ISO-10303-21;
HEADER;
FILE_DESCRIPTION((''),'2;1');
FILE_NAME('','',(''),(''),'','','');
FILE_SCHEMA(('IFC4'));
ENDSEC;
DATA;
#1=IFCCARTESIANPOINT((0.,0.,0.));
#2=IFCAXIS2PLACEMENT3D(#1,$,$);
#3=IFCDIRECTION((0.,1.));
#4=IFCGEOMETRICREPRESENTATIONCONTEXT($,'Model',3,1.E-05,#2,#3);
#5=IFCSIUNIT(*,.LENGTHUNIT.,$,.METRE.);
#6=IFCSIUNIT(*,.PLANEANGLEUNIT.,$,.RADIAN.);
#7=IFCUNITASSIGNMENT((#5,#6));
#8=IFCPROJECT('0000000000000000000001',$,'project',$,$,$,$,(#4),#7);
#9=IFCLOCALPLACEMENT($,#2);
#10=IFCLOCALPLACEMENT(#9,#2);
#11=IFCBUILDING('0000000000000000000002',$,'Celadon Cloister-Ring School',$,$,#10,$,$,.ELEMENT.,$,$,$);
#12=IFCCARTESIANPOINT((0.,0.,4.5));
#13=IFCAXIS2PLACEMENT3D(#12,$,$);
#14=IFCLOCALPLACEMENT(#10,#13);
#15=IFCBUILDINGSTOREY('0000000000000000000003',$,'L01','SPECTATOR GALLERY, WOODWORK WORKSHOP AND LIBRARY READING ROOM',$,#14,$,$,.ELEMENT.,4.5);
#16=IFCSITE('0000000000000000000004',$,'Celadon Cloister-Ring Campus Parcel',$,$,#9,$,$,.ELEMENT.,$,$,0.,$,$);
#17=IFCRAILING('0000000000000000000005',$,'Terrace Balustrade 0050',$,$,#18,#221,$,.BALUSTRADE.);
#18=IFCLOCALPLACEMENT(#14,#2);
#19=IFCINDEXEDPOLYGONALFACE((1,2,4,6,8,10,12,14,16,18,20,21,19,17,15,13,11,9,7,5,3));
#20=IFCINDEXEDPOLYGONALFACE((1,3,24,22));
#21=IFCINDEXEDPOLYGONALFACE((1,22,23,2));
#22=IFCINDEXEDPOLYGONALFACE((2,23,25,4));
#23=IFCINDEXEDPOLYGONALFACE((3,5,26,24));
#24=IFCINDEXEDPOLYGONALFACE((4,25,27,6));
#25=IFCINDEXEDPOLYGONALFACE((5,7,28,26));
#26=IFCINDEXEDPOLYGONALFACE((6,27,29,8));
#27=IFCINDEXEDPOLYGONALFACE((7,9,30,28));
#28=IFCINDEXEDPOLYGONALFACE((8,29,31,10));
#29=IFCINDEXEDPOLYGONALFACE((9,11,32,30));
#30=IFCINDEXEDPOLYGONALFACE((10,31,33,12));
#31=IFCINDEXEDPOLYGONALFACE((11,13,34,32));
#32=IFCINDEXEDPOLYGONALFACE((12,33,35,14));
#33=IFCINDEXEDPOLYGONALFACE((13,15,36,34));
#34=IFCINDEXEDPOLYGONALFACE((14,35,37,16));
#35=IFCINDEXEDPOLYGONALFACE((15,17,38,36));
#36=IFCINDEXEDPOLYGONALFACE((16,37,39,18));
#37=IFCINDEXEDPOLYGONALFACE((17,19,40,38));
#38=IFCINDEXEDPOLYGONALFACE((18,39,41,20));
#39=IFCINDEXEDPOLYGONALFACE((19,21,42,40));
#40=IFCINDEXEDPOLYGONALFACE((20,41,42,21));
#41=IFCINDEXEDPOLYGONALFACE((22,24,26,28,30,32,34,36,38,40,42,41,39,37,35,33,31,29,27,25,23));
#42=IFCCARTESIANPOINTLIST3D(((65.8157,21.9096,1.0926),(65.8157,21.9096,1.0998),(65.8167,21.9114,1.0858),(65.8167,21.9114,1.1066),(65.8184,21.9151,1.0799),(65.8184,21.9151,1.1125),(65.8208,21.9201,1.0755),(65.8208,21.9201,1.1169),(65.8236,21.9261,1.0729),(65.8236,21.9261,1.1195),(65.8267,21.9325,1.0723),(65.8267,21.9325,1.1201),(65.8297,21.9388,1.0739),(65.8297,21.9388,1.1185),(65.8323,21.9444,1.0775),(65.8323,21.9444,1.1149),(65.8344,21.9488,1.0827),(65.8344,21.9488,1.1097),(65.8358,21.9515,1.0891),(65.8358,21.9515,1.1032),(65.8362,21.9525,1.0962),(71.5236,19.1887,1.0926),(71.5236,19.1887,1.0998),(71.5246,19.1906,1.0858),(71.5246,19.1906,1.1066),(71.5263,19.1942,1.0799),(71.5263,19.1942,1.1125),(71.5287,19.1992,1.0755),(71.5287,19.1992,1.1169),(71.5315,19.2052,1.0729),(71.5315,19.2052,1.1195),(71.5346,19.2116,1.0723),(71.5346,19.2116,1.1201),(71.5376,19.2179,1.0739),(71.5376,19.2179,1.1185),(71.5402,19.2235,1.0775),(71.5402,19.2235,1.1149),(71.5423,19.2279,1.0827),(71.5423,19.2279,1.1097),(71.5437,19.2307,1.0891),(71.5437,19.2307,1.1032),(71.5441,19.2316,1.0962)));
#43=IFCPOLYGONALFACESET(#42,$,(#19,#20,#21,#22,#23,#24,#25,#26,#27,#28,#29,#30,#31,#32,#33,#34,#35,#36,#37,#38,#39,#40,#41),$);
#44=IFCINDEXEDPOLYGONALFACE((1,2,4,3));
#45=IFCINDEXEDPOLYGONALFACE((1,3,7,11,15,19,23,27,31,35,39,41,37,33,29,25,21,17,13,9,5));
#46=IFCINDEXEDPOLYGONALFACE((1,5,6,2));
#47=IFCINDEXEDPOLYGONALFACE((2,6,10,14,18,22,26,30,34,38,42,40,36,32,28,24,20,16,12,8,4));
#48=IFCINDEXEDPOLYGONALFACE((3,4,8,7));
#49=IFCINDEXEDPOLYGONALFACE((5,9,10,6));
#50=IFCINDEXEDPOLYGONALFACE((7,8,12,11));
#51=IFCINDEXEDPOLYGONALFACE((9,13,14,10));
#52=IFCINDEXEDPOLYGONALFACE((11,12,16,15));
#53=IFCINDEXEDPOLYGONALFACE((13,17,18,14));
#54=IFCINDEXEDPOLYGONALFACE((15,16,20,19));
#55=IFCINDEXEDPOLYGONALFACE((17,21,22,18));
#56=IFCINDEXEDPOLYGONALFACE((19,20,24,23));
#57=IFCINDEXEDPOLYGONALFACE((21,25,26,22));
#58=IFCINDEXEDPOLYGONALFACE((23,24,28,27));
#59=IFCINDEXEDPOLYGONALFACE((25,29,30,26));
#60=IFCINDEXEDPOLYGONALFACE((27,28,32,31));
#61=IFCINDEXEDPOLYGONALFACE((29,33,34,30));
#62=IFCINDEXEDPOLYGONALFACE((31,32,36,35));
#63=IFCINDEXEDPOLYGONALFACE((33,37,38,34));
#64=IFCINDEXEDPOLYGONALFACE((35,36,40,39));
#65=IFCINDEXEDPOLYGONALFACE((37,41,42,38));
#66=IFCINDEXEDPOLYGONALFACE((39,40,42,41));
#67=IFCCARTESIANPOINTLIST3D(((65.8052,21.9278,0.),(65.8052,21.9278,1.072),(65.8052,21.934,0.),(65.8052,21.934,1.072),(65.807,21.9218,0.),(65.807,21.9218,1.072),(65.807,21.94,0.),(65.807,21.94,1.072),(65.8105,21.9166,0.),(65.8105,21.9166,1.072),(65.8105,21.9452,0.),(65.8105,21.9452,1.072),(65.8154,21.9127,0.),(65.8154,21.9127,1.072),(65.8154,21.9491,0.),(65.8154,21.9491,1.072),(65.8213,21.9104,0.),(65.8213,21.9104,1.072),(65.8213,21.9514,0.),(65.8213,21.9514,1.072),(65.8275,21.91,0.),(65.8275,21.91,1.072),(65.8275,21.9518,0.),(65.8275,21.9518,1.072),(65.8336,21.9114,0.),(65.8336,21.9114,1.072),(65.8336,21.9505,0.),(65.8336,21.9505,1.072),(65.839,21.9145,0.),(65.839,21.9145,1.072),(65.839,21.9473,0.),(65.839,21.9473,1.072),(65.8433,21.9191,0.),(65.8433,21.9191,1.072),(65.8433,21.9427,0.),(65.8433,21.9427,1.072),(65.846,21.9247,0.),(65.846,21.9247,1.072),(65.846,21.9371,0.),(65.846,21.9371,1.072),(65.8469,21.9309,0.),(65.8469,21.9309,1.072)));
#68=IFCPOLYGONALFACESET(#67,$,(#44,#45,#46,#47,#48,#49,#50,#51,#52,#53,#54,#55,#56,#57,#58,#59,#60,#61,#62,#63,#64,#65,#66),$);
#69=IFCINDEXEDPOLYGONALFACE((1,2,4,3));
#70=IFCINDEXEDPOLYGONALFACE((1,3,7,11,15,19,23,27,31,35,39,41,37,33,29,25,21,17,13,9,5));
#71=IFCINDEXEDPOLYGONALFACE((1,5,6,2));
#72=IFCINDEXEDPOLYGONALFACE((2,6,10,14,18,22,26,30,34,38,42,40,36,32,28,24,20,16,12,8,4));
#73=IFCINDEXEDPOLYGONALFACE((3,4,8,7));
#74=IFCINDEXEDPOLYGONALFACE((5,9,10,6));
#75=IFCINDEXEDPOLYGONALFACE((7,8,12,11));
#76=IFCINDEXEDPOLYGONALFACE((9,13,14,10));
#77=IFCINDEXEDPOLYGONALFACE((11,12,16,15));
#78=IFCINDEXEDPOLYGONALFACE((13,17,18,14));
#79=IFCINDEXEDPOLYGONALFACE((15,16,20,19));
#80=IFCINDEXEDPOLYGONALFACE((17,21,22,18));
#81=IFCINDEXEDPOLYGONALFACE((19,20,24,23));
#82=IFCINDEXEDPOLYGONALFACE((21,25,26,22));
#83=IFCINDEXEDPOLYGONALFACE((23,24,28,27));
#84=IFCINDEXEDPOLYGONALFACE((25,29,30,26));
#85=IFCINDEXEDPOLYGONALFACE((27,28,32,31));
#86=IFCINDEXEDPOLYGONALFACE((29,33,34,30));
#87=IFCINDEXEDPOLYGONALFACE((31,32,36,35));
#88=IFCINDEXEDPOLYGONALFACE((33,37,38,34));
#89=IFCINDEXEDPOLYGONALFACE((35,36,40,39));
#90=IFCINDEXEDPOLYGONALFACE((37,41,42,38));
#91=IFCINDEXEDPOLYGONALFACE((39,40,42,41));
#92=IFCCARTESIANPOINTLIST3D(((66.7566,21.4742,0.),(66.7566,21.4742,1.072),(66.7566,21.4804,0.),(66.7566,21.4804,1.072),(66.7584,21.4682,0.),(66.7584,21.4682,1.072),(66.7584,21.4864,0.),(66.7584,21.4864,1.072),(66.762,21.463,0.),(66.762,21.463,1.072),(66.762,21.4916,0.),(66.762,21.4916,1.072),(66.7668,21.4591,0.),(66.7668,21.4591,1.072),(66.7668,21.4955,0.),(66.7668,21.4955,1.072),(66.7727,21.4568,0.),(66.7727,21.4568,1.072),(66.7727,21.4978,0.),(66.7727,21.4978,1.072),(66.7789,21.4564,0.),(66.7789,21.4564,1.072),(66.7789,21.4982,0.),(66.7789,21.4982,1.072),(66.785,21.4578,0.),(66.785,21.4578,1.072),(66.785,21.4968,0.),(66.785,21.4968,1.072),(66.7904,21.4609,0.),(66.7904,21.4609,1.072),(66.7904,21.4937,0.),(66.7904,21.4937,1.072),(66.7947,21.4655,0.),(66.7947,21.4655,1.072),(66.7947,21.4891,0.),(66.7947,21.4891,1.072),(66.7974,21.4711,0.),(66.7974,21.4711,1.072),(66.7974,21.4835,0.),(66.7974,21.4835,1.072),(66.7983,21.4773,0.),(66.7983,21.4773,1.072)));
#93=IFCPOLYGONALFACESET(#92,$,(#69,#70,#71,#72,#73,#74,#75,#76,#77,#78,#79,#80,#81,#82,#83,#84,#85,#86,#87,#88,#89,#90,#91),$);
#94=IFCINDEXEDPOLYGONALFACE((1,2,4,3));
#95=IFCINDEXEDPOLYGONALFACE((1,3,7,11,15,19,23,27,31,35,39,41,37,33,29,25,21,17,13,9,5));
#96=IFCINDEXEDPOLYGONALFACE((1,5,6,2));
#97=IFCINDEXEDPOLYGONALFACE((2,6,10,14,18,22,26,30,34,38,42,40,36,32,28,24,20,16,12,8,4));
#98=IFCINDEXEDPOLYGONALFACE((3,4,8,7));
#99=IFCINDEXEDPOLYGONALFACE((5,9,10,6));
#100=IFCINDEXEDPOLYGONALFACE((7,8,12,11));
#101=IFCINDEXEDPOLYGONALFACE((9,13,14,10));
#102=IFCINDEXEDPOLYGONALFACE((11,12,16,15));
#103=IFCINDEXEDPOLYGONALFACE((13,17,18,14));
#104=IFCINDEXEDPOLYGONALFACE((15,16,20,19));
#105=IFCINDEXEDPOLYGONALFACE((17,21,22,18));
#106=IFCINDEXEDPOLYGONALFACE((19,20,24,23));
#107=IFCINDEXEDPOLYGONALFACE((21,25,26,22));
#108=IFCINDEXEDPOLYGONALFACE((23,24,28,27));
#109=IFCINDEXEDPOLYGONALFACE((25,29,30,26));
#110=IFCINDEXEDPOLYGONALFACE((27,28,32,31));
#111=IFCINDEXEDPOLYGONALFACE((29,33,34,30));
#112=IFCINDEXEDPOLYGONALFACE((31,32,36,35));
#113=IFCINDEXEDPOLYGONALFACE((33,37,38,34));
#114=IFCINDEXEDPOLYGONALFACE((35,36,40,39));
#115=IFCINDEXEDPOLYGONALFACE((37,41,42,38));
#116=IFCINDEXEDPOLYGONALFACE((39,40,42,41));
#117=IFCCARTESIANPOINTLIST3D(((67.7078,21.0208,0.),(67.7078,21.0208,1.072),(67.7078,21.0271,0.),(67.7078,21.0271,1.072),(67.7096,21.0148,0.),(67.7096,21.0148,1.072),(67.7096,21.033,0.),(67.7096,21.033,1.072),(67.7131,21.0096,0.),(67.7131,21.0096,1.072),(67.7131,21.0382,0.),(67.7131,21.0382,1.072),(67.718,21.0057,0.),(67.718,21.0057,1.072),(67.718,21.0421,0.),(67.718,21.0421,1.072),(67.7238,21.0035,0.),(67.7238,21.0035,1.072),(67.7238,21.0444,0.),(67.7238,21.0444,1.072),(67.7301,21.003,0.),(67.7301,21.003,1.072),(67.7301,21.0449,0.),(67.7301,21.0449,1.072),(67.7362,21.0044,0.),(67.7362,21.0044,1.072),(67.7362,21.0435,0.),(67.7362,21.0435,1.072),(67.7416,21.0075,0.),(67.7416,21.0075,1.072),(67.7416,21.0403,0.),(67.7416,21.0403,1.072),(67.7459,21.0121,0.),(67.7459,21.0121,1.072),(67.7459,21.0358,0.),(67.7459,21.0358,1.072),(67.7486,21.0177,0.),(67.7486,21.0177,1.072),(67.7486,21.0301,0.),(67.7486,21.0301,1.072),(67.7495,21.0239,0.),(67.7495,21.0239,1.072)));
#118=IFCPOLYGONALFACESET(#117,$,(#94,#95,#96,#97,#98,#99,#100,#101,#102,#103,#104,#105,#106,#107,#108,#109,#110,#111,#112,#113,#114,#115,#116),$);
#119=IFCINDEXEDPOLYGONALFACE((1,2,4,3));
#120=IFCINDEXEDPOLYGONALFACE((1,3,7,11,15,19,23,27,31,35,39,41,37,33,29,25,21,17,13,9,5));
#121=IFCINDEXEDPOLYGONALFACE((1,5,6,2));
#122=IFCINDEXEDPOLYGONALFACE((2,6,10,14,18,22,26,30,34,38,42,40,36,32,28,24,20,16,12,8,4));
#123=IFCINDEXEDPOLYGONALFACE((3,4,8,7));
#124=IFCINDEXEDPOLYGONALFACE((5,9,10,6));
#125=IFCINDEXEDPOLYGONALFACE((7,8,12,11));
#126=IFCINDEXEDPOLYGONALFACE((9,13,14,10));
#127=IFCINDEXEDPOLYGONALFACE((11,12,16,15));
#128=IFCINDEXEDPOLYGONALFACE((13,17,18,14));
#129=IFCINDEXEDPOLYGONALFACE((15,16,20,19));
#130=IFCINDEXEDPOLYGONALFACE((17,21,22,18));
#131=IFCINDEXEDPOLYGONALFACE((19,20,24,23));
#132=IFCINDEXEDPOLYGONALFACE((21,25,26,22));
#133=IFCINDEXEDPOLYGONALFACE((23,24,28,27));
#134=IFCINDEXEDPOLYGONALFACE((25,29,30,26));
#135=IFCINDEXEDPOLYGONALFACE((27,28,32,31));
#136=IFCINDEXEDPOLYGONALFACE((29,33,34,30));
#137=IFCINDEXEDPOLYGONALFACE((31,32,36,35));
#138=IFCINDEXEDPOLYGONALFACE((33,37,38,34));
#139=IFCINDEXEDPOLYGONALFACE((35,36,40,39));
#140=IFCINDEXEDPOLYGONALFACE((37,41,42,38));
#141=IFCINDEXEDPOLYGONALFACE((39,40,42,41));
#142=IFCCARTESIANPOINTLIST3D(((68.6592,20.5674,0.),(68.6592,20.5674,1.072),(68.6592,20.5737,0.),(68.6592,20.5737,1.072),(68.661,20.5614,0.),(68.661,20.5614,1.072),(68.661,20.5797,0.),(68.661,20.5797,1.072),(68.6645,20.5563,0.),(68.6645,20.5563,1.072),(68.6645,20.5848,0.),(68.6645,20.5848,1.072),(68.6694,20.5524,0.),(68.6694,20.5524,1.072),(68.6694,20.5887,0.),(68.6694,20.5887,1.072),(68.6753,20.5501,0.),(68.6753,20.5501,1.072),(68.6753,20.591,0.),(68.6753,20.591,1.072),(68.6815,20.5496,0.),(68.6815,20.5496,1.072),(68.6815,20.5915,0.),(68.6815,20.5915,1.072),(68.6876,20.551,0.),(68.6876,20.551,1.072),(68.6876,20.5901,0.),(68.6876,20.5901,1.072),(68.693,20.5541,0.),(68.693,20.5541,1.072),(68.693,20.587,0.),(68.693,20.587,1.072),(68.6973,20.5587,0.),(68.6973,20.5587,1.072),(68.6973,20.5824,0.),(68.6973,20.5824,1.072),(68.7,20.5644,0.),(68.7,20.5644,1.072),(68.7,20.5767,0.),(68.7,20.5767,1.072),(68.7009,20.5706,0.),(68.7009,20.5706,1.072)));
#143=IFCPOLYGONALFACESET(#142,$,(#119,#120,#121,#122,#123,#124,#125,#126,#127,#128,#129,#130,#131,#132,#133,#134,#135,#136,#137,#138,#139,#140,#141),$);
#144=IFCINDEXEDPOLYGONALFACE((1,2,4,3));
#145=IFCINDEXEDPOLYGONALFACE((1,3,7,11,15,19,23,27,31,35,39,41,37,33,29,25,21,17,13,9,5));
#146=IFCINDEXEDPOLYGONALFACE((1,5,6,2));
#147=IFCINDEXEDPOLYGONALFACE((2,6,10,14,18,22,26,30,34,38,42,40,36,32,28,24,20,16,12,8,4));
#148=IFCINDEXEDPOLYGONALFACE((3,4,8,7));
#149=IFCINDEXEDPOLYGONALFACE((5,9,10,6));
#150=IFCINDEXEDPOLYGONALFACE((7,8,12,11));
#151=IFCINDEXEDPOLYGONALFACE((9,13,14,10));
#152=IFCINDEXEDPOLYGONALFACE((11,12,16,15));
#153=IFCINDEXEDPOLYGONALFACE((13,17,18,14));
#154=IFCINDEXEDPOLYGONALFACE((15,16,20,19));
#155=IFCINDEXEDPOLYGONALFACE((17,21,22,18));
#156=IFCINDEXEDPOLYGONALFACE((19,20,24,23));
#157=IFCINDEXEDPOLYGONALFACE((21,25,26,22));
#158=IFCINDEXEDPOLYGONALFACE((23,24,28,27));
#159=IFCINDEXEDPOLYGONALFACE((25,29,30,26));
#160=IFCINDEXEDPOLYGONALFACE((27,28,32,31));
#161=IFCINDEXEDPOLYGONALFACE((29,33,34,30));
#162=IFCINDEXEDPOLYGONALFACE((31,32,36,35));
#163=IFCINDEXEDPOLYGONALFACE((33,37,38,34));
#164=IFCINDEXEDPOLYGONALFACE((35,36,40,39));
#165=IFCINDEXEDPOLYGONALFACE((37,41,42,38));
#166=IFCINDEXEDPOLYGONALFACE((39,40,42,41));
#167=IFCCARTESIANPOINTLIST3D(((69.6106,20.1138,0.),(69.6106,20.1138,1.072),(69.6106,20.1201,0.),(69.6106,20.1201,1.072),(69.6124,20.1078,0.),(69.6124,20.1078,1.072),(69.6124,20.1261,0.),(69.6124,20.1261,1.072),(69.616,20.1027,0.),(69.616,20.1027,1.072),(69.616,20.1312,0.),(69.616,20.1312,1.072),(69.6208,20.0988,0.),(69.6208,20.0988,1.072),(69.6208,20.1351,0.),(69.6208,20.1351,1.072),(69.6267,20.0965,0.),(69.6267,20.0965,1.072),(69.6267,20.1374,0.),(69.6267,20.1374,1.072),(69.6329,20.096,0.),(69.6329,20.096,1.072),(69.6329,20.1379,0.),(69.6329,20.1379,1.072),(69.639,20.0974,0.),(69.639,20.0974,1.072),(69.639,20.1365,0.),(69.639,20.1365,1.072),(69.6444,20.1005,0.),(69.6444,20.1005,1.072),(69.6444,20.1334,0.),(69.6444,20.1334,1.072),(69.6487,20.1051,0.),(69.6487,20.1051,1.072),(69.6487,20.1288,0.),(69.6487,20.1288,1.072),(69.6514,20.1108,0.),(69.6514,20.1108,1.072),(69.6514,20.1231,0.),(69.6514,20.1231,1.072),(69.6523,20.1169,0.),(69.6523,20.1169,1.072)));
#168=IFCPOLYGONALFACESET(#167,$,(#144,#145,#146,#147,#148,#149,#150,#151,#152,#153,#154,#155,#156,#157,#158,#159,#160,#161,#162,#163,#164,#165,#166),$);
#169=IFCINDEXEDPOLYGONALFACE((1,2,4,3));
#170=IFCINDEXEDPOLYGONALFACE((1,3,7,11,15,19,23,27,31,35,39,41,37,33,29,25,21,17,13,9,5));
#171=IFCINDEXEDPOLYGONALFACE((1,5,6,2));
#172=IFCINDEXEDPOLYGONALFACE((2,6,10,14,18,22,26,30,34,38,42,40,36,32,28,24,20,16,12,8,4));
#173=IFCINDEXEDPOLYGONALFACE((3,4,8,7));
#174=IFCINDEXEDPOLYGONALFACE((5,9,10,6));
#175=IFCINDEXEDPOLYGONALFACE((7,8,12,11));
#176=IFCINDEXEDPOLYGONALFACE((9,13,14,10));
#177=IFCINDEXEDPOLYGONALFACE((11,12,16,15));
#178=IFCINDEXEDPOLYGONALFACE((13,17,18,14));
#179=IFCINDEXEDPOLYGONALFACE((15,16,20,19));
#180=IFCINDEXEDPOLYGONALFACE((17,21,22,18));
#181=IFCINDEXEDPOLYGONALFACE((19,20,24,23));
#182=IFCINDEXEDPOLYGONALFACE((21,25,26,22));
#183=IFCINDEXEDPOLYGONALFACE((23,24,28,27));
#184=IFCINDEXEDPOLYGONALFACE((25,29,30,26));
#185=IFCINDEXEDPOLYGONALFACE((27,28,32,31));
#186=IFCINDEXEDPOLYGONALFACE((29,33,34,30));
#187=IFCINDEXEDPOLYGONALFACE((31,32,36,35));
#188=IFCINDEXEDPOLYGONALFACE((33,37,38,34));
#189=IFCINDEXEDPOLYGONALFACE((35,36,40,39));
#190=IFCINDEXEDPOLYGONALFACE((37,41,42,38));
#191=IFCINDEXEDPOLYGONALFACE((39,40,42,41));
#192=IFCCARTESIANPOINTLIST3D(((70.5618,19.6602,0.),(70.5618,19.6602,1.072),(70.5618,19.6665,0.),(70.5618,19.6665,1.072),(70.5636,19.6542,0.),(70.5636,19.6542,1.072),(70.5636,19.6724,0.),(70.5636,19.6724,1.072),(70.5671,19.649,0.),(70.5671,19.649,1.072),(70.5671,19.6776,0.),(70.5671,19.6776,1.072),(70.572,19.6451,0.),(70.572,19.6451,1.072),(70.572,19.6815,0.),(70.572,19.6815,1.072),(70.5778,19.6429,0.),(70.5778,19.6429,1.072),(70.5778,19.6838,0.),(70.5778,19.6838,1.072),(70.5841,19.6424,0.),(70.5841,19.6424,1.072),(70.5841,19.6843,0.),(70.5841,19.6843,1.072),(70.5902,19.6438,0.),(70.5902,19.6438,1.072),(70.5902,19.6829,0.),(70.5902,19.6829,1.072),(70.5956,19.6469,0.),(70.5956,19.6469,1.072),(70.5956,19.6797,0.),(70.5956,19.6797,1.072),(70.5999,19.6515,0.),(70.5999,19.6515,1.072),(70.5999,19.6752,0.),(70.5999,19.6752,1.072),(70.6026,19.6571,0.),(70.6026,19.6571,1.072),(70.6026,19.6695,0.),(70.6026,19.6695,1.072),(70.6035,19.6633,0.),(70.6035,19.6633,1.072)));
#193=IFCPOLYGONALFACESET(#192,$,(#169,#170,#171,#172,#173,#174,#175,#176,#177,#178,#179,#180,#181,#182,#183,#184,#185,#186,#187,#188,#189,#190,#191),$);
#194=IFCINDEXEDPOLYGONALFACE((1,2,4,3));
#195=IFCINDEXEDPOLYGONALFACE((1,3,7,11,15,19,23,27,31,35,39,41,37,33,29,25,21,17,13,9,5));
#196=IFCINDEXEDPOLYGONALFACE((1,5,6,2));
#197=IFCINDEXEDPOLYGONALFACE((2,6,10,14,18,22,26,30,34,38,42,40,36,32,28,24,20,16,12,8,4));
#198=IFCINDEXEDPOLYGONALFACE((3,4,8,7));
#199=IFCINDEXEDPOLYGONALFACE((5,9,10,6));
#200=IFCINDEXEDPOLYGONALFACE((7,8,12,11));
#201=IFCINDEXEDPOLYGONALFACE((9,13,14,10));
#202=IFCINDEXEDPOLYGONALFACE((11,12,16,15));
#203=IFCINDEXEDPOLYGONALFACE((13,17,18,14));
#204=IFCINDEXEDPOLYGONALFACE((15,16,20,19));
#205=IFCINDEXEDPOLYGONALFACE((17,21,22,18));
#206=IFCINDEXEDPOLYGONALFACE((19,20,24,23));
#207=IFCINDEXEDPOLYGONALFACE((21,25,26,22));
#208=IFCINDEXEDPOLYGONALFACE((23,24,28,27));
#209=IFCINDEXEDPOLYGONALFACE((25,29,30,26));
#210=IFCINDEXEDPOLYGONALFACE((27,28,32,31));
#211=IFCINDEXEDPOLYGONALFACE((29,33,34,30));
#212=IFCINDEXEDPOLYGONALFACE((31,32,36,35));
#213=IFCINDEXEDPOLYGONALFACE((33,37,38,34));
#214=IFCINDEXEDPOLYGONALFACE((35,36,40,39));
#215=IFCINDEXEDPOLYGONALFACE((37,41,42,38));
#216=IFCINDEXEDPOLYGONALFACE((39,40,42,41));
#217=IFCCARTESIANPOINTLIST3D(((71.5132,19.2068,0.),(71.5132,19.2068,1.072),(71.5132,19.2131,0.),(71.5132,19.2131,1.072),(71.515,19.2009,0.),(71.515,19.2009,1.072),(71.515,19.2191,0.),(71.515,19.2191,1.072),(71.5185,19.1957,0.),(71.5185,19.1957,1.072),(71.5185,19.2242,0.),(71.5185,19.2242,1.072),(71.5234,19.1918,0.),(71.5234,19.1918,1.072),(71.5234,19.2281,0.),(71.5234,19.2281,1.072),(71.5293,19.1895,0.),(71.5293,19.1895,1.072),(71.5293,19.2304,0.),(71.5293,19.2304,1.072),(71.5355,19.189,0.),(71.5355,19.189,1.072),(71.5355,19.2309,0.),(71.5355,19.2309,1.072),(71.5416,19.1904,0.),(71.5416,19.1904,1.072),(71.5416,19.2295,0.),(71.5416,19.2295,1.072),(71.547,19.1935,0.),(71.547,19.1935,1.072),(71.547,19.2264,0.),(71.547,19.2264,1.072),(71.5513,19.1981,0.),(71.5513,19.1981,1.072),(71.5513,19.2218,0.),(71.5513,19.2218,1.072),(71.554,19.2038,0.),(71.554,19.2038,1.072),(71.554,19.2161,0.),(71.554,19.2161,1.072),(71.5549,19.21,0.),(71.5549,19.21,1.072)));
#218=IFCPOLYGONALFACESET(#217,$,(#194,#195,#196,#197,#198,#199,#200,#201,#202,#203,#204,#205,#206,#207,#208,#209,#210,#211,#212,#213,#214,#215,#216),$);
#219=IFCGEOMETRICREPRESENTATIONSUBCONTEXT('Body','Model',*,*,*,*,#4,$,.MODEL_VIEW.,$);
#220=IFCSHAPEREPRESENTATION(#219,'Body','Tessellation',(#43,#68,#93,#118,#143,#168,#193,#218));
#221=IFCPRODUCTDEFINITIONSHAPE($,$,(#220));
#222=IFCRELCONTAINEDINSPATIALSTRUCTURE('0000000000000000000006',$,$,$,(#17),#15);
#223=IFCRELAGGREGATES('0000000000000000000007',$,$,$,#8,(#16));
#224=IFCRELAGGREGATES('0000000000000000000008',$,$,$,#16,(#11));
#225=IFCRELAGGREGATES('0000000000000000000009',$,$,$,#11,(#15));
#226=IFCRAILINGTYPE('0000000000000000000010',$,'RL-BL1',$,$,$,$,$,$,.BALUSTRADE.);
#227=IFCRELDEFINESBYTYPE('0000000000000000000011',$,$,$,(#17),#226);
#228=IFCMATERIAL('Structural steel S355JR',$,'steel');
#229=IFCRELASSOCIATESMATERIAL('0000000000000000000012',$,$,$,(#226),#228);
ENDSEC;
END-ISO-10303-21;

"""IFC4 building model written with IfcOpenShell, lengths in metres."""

from ifc_helpers import new_model, si_unit, direction, frame, origin, origin_2d, place, context, subcontext, project, spatial, circle, extrude, material, type_object, element, save


model = new_model("IFC4")

# Units and contexts
model_context = context("Model", 3, precision=1e-05, world=origin(), true_north=direction((0.0, 1.0)))
body_context = subcontext(model_context, "Body", "Model", "MODEL_VIEW")
ifc_project = project(units=[si_unit("LENGTHUNIT", "METRE"), si_unit("PLANEANGLEUNIT", "RADIAN")], contexts=[model_context])

# Site, building, storey
site_placement = place(None, origin())
site = spatial("IfcSite", under=ifc_project, at=site_placement, Name="Celadon Cloister-Ring Campus Parcel", CompositionType="ELEMENT", RefElevation=0.0)
building_placement = place(site_placement, origin())
building = spatial("IfcBuilding", under=site, at=building_placement, Name="Celadon Cloister-Ring School", CompositionType="ELEMENT")
storey_placement = place(building_placement, frame((0.0, 0.0, 4.5)))
storey = spatial("IfcBuildingStorey", under=building, at=storey_placement, Name="L01", Description="SPECTATOR GALLERY, WOODWORK WORKSHOP AND LIBRARY READING ROOM", CompositionType="ELEMENT", Elevation=4.5)

# Railing
ifc_material_1 = material(Name="Structural steel S355JR", Category="steel")
railing_type = type_object("IfcRailingType", Name="RL-BL1", PredefinedType="BALUSTRADE", material=ifc_material_1)
railing_placement = place(storey_placement, frame((65.8259, 21.9309, 0.0)))
element("IfcRailing", 1, at=railing_placement, inside=storey, type_object=railing_type, Name="Terrace Balustrade 0050", PredefinedType="BALUSTRADE", context=body_context, shape_type="SweptSolid", body=[
    extrude(circle(Radius=0.0239, at=origin_2d()), frame((0.0, 0.0, 1.0962), z_axis=(0.902686, -0.430301, 0.0), x_axis=(0.430301, 0.902686, 0.0)), (0.0, 0.0, 1.0), 6.3232),
    extrude(circle(Radius=0.021, at=origin_2d()), origin(), (0.0, 0.0, 1.0), 1.072),
    extrude(circle(Radius=0.021, at=origin_2d()), frame((0.9514, -0.4536, 0.0)), (0.0, 0.0, 1.0), 1.072),
    extrude(circle(Radius=0.021, at=origin_2d()), frame((1.9026, -0.907, 0.0)), (0.0, 0.0, 1.0), 1.072),
    extrude(circle(Radius=0.021, at=origin_2d()), frame((2.854, -1.3604, 0.0)), (0.0, 0.0, 1.0), 1.072),
    extrude(circle(Radius=0.021, at=origin_2d()), frame((3.8054, -1.814, 0.0)), (0.0, 0.0, 1.0), 1.072),
    extrude(circle(Radius=0.021, at=origin_2d()), frame((4.7566, -2.2676, 0.0)), (0.0, 0.0, 1.0), 1.072),
    extrude(circle(Radius=0.021, at=origin_2d()), frame((5.708, -2.7209, 0.0)), (0.0, 0.0, 1.0), 1.072),
])

save(model, "model.ifc")
